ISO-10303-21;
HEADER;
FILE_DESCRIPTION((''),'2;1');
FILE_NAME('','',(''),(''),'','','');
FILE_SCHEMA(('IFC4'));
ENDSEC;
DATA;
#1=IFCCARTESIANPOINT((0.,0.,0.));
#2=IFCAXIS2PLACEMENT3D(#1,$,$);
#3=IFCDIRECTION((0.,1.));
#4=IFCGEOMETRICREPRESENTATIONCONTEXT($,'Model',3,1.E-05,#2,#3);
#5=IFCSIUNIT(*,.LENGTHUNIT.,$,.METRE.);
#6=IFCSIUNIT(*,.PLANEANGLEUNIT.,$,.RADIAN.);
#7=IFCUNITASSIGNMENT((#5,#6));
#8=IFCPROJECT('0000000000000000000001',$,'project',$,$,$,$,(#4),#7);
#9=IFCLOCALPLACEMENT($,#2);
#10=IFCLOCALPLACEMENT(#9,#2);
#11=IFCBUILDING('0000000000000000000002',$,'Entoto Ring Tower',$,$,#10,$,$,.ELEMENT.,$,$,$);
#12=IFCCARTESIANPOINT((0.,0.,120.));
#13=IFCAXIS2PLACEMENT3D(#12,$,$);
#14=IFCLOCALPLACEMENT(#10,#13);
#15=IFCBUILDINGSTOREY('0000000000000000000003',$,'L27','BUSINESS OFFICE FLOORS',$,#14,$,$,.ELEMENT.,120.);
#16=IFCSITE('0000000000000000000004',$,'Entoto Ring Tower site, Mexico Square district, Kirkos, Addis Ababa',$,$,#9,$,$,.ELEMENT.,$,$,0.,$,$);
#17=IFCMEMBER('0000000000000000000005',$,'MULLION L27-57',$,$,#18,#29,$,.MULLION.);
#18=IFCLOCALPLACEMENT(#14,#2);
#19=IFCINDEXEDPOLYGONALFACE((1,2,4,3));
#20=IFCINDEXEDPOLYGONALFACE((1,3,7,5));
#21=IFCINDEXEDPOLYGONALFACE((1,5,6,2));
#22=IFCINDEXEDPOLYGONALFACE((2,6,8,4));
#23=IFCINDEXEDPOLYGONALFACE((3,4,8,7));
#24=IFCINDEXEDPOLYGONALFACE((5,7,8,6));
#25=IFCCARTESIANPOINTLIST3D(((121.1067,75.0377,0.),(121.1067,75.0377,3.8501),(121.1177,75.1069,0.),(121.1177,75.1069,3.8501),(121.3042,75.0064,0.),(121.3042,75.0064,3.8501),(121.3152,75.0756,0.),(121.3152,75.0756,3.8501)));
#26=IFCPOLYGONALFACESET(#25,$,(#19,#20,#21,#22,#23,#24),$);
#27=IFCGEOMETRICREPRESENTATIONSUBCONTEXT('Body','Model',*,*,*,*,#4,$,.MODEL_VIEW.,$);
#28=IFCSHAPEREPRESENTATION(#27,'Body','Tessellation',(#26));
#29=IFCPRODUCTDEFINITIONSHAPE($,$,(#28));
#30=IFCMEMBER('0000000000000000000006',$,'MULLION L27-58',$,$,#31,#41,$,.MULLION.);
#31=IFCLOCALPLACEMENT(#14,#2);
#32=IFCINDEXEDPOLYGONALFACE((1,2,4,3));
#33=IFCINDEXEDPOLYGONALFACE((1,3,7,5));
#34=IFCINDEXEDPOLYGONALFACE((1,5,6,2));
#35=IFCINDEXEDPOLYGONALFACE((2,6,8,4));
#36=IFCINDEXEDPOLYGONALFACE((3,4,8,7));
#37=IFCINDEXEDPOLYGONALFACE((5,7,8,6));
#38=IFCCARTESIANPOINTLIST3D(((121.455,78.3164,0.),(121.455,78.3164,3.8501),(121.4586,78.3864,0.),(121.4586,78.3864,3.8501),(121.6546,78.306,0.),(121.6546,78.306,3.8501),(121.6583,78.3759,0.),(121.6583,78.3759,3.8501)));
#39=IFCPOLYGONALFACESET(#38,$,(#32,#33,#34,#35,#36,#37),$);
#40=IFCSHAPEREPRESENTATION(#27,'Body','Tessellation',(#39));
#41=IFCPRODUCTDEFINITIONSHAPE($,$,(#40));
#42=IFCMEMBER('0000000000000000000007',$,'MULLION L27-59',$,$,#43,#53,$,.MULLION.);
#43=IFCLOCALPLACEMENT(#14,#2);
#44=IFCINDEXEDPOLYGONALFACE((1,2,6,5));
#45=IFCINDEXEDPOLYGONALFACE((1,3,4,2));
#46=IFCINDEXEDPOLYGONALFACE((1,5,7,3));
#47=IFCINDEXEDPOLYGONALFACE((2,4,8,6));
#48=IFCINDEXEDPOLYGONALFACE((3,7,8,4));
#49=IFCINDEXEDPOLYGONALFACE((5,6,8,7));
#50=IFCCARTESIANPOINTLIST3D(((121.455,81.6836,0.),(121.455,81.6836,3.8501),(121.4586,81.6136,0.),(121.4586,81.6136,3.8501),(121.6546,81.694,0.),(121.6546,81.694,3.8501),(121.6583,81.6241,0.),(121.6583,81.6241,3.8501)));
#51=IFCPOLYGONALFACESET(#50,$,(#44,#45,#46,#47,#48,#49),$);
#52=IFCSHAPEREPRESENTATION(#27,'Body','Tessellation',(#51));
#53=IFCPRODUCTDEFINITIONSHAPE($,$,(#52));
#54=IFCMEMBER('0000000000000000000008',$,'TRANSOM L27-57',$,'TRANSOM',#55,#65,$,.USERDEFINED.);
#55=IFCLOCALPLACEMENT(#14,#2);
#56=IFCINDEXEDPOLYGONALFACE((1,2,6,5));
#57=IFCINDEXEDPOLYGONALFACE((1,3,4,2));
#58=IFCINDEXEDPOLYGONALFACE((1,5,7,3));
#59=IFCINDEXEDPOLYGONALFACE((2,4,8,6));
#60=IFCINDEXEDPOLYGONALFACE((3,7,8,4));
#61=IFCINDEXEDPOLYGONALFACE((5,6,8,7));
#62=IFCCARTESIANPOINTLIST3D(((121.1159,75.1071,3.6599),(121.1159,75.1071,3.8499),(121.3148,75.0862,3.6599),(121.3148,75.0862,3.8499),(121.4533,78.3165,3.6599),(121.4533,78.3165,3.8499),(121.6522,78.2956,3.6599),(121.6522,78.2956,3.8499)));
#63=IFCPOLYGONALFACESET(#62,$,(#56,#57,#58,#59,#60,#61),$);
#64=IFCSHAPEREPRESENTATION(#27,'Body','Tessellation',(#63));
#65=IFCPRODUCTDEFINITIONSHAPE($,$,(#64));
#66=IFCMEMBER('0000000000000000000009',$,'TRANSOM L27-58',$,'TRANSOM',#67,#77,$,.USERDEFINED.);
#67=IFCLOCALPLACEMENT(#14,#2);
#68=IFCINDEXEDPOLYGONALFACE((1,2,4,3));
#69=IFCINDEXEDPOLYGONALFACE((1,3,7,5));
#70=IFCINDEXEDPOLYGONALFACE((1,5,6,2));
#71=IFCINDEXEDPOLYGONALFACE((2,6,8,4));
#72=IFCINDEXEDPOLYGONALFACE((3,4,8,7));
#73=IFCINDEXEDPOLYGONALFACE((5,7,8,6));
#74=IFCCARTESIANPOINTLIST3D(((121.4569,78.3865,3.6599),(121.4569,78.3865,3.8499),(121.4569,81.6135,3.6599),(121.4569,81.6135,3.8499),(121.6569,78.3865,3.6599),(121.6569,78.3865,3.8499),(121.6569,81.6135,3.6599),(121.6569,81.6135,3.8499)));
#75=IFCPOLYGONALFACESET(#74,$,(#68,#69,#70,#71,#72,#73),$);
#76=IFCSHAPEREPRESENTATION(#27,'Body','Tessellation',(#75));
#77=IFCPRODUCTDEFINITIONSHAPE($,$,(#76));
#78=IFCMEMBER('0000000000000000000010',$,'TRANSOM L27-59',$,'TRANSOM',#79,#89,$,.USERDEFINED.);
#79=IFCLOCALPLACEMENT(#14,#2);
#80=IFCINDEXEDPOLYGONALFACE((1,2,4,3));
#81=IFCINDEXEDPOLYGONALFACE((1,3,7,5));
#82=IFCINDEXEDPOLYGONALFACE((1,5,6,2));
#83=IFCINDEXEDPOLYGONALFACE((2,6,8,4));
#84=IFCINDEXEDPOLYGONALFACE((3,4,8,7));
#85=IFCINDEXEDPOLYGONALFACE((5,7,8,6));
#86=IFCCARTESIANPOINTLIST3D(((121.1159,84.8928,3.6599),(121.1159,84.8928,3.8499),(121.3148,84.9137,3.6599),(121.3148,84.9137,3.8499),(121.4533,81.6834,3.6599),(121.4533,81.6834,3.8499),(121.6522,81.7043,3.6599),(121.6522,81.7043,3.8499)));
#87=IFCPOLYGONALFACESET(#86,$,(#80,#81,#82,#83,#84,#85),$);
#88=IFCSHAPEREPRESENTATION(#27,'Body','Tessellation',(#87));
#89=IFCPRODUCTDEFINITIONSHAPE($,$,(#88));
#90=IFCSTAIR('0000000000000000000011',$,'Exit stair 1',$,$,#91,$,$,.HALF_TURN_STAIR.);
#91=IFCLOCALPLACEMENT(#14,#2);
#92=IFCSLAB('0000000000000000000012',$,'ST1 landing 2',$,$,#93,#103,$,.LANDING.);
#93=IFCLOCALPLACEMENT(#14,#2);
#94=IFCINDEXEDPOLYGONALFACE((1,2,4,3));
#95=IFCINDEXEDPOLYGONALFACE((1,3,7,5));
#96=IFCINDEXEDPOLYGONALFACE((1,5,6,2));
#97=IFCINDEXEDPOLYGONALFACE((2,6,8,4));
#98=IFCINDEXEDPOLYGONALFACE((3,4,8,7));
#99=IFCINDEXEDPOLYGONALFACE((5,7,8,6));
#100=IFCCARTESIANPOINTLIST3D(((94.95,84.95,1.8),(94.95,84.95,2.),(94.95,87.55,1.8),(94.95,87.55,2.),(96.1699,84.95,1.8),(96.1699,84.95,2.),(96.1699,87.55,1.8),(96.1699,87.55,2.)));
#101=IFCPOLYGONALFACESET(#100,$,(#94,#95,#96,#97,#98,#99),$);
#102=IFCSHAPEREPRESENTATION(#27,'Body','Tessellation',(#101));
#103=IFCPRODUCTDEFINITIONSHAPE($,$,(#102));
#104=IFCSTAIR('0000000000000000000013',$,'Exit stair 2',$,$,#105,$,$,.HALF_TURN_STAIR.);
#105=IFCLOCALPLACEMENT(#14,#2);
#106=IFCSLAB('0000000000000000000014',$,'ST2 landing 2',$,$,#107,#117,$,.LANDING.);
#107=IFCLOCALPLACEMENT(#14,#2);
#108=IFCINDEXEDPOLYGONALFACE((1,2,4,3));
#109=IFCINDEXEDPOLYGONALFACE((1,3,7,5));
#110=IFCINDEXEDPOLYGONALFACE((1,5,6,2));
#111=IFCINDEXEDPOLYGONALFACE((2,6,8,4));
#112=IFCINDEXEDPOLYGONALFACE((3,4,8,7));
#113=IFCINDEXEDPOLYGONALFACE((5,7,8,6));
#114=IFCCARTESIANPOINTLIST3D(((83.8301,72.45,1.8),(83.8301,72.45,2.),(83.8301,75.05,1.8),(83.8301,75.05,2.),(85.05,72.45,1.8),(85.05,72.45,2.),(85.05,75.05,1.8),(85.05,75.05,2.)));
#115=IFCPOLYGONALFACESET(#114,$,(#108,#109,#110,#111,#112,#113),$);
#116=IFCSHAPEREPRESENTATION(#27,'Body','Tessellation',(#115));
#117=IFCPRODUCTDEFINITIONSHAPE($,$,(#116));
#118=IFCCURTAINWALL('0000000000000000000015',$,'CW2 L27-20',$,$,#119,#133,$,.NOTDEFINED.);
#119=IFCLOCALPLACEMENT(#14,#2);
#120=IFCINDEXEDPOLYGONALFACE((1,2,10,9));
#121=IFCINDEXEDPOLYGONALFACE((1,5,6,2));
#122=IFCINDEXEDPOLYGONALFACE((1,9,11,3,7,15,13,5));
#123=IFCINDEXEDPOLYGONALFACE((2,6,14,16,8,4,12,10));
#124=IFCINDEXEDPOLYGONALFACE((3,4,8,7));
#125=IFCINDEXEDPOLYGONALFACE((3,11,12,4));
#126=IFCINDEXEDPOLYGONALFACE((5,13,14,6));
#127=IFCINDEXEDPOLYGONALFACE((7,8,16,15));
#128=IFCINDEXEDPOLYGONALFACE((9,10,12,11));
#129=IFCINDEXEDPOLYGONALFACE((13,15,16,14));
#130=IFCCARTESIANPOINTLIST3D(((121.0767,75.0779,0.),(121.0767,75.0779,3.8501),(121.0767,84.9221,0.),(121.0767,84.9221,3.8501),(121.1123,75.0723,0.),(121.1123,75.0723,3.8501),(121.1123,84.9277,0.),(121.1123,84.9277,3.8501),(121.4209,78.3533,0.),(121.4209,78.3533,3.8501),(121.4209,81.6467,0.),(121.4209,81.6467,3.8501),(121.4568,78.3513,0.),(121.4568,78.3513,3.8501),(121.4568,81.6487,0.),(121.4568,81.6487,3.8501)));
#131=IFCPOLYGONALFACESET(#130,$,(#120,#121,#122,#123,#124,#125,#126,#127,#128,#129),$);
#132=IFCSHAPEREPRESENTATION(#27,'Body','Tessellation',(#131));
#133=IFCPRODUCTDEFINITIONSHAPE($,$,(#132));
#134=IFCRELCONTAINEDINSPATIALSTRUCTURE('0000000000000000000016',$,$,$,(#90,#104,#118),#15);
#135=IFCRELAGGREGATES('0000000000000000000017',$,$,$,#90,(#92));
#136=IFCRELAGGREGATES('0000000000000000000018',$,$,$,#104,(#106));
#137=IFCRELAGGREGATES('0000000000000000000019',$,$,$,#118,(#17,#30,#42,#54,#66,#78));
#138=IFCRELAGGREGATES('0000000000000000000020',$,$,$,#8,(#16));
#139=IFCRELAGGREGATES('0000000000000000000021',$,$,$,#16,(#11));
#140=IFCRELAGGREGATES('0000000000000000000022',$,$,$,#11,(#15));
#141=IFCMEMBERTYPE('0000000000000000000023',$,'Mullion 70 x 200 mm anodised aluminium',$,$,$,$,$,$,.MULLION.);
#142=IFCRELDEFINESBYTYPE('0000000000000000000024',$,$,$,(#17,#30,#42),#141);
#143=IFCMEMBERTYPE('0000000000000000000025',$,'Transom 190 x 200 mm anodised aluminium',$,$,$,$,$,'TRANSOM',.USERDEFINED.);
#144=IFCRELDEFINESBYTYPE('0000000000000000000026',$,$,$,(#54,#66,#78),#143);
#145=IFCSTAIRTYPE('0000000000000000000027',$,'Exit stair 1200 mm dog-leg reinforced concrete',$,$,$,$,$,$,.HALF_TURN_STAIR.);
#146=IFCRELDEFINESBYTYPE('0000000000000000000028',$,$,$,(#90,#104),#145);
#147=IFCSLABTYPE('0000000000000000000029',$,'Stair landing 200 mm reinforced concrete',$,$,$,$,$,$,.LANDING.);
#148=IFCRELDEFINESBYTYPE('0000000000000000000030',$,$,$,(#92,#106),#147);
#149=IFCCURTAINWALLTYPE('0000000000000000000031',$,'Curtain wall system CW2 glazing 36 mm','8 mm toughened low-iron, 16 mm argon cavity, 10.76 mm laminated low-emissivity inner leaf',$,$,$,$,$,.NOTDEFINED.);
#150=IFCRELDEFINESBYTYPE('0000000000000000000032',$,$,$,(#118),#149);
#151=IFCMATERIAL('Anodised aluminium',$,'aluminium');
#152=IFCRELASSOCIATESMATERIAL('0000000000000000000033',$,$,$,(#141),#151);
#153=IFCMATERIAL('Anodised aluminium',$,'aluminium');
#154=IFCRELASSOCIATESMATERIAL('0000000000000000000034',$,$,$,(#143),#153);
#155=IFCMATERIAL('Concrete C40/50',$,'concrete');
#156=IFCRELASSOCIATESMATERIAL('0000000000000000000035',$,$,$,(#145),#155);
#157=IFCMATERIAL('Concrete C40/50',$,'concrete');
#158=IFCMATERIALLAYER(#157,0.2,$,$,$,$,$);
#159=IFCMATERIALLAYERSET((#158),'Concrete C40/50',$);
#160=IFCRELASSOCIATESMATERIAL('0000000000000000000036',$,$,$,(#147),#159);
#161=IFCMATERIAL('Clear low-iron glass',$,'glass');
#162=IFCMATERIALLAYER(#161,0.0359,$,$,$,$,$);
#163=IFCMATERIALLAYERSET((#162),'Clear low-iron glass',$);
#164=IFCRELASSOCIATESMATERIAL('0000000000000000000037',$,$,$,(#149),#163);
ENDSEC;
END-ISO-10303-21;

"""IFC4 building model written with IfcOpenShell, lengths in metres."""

from ifc_helpers import new_model, si_unit, direction, frame, origin, origin_2d, place, context, subcontext, project, spatial, polyline, rectangle, outline, extrude, material, layer, layer_set, material_profile, profile_set, type_object, element, aggregate, save


model = new_model("IFC4")

# Units and contexts
model_context = context("Model", 3, precision=1e-05, world=origin(), true_north=direction((0.0, 1.0)))
body_context = subcontext(model_context, "Body", "Model", "MODEL_VIEW")
ifc_project = project(units=[si_unit("LENGTHUNIT", "METRE"), si_unit("PLANEANGLEUNIT", "RADIAN")], contexts=[model_context])

# Members
ifc_material_1 = material(Name="Anodised aluminium", Category="aluminium")
ifc_material_profile_1 = material_profile(ifc_material_1, rectangle(XDim=0.0701, YDim=0.2, at=origin_2d()), Name="Mullion 70 x 200 mm anodised aluminium")
ifc_profile_set_1 = profile_set([ifc_material_profile_1], Name="Anodised aluminium")
member_type_1 = type_object("IfcMemberType", Name="Mullion 70 x 200 mm anodised aluminium", PredefinedType="MULLION", material=ifc_profile_set_1)
site_placement = place(None, origin())
building_placement = place(site_placement, origin())
storey_placement = place(building_placement, frame((0.0, 0.0, 120.0)))
member_1_placement = place(storey_placement, frame((121.2109, 75.0566, 0.0), z_axis=(0.0, 0.0, 1.0), x_axis=(0.156434, 0.987688, 0.0)))
member_1 = element("IfcMember", 1, at=member_1_placement, type_object=member_type_1, Name="MULLION L27-57", PredefinedType="MULLION", context=body_context, shape_type="SweptSolid", body=[
    extrude(rectangle(XDim=0.0701, YDim=0.2, at=origin_2d()), origin(), (0.0, 0.0, 1.0), 3.8501),
])
member_2_placement = place(storey_placement, frame((121.5566, 78.3462, 0.0), z_axis=(0.0, 0.0, 1.0), x_axis=(0.052336, 0.99863, 0.0)))
member_2 = element("IfcMember", 2, at=member_2_placement, type_object=member_type_1, Name="MULLION L27-58", PredefinedType="MULLION", context=body_context, shape_type="SweptSolid", body=[
    extrude(rectangle(XDim=0.0701, YDim=0.2, at=origin_2d()), origin(), (0.0, 0.0, 1.0), 3.8501),
])
member_3_placement = place(storey_placement, frame((121.5566, 81.6538, 0.0), z_axis=(0.0, 0.0, 1.0), x_axis=(-0.052336, 0.99863, 0.0)))
member_3 = element("IfcMember", 3, at=member_3_placement, type_object=member_type_1, Name="MULLION L27-59", PredefinedType="MULLION", context=body_context, shape_type="SweptSolid", body=[
    extrude(rectangle(XDim=0.0701, YDim=0.2, at=origin_2d()), origin(), (0.0, 0.0, 1.0), 3.8501),
])
ifc_material_2 = material(Name="Anodised aluminium", Category="aluminium")
ifc_material_profile_2 = material_profile(ifc_material_2, rectangle(XDim=0.2, YDim=0.1899, at=origin_2d()), Name="Transom 190 x 200 mm anodised aluminium")
ifc_profile_set_2 = profile_set([ifc_material_profile_2], Name="Anodised aluminium")
member_type_2 = type_object("IfcMemberType", Name="Transom 190 x 200 mm anodised aluminium", ElementType="TRANSOM", PredefinedType="USERDEFINED", material=ifc_profile_set_2)
member_4_placement = place(storey_placement, frame((121.2153, 75.0967, 3.7549), z_axis=(0.104551, 0.99452, 0.0), x_axis=(-0.99452, 0.104551, 0.0)))
member_4 = element("IfcMember", 4, at=member_4_placement, type_object=member_type_2, Name="TRANSOM L27-57", ObjectType="TRANSOM", PredefinedType="USERDEFINED", context=body_context, shape_type="SweptSolid", body=[
    extrude(rectangle(XDim=0.2, YDim=0.1899, at=origin_2d()), origin(), (0.0, 0.0, 1.0), 3.2271),
])
member_5_placement = place(storey_placement, frame((121.5569, 78.3865, 3.7549), z_axis=(0.0, 1.0, 0.0), x_axis=(-1.0, 0.0, 0.0)))
member_5 = element("IfcMember", 5, at=member_5_placement, type_object=member_type_2, Name="TRANSOM L27-58", ObjectType="TRANSOM", PredefinedType="USERDEFINED", context=body_context, shape_type="SweptSolid", body=[
    extrude(rectangle(XDim=0.2, YDim=0.1899, at=origin_2d()), origin(), (0.0, 0.0, 1.0), 3.2271),
])
member_6_placement = place(storey_placement, frame((121.5527, 81.6938, 3.7549), z_axis=(-0.104551, 0.99452, 0.0), x_axis=(-0.99452, -0.104551, 0.0)))
member_6 = element("IfcMember", 6, at=member_6_placement, type_object=member_type_2, Name="TRANSOM L27-59", ObjectType="TRANSOM", PredefinedType="USERDEFINED", context=body_context, shape_type="SweptSolid", body=[
    extrude(rectangle(XDim=0.2, YDim=0.1899, at=origin_2d()), origin(), (0.0, 0.0, 1.0), 3.2271),
])

# Site, building, storey
site = spatial("IfcSite", under=ifc_project, at=site_placement, Name="Entoto Ring Tower site, Mexico Square district, Kirkos, Addis Ababa", CompositionType="ELEMENT", RefElevation=0.0)
building = spatial("IfcBuilding", under=site, at=building_placement, Name="Entoto Ring Tower", CompositionType="ELEMENT")
storey = spatial("IfcBuildingStorey", under=building, at=storey_placement, Name="L27", Description="BUSINESS OFFICE FLOORS", CompositionType="ELEMENT", Elevation=120.0)

# Stairs, slabs
ifc_material_3 = material(Name="Concrete C40/50", Category="concrete")
stair_type = type_object("IfcStairType", Name="Exit stair 1200 mm dog-leg reinforced concrete", PredefinedType="HALF_TURN_STAIR", material=ifc_material_3)
stair_1_placement = place(storey_placement, origin())
stair_1 = element("IfcStair", 7, at=stair_1_placement, inside=storey, type_object=stair_type, Name="Exit stair 1", PredefinedType="HALF_TURN_STAIR")
ifc_material_4 = material(Name="Concrete C40/50", Category="concrete")
ifc_layer_1 = layer(ifc_material_4, 0.2)
ifc_layer_set_1 = layer_set([ifc_layer_1], Name="Concrete C40/50")
slab_type = type_object("IfcSlabType", Name="Stair landing 200 mm reinforced concrete", PredefinedType="LANDING", material=ifc_layer_set_1)
slab_1_placement = place(storey_placement, frame((0.0, 0.0, 1.8)))
slab_1 = element("IfcSlab", 8, at=slab_1_placement, type_object=slab_type, Name="ST1 landing 2", PredefinedType="LANDING", context=body_context, shape_type="SweptSolid", body=[
    extrude(outline(polyline([(94.95, 84.95), (96.1699, 84.95), (96.1699, 87.55), (94.95, 87.55), (94.95, 84.95)])), origin(), (0.0, 0.0, 1.0), 0.2),
])
aggregate(stair_1, [slab_1])
stair_2_placement = place(storey_placement, origin())
stair_2 = element("IfcStair", 9, at=stair_2_placement, inside=storey, type_object=stair_type, Name="Exit stair 2", PredefinedType="HALF_TURN_STAIR")
slab_2_placement = place(storey_placement, frame((0.0, 0.0, 1.8)))
slab_2 = element("IfcSlab", 10, at=slab_2_placement, type_object=slab_type, Name="ST2 landing 2", PredefinedType="LANDING", context=body_context, shape_type="SweptSolid", body=[
    extrude(outline(polyline([(83.8301, 72.45), (85.05, 72.45), (85.05, 75.05), (83.8301, 75.05), (83.8301, 72.45)])), origin(), (0.0, 0.0, 1.0), 0.2),
])
aggregate(stair_2, [slab_2])

# Curtain wall
ifc_material_5 = material(Name="Clear low-iron glass", Category="glass")
ifc_layer_2 = layer(ifc_material_5, 0.0359)
ifc_layer_set_2 = layer_set([ifc_layer_2], Name="Clear low-iron glass")
curtain_wall_type = type_object("IfcCurtainWallType", Name="Curtain wall system CW2 glazing 36 mm", Description="8 mm toughened low-iron, 16 mm argon cavity, 10.76 mm laminated low-emissivity inner leaf", PredefinedType="NOTDEFINED", material=ifc_layer_set_2)
curtain_wall_1_placement = place(storey_placement, origin())
curtain_wall_1 = element("IfcCurtainWall", 11, at=curtain_wall_1_placement, inside=storey, type_object=curtain_wall_type, Name="CW2 L27-20", PredefinedType="NOTDEFINED", context=body_context, shape_type="SweptSolid", body=[
    extrude(outline(polyline([(121.1123, 75.0723), (121.4568, 78.3513), (121.4568, 81.6487), (121.1123, 84.9277), (121.0767, 84.9221), (121.4209, 81.6467), (121.4209, 78.3533), (121.0767, 75.0779), (121.1123, 75.0723)])), origin(), (0.0, 0.0, 1.0), 3.8501),
])
aggregate(curtain_wall_1, [member_1, member_2, member_3, member_4, member_5, member_6])

save(model, "model.ifc")
